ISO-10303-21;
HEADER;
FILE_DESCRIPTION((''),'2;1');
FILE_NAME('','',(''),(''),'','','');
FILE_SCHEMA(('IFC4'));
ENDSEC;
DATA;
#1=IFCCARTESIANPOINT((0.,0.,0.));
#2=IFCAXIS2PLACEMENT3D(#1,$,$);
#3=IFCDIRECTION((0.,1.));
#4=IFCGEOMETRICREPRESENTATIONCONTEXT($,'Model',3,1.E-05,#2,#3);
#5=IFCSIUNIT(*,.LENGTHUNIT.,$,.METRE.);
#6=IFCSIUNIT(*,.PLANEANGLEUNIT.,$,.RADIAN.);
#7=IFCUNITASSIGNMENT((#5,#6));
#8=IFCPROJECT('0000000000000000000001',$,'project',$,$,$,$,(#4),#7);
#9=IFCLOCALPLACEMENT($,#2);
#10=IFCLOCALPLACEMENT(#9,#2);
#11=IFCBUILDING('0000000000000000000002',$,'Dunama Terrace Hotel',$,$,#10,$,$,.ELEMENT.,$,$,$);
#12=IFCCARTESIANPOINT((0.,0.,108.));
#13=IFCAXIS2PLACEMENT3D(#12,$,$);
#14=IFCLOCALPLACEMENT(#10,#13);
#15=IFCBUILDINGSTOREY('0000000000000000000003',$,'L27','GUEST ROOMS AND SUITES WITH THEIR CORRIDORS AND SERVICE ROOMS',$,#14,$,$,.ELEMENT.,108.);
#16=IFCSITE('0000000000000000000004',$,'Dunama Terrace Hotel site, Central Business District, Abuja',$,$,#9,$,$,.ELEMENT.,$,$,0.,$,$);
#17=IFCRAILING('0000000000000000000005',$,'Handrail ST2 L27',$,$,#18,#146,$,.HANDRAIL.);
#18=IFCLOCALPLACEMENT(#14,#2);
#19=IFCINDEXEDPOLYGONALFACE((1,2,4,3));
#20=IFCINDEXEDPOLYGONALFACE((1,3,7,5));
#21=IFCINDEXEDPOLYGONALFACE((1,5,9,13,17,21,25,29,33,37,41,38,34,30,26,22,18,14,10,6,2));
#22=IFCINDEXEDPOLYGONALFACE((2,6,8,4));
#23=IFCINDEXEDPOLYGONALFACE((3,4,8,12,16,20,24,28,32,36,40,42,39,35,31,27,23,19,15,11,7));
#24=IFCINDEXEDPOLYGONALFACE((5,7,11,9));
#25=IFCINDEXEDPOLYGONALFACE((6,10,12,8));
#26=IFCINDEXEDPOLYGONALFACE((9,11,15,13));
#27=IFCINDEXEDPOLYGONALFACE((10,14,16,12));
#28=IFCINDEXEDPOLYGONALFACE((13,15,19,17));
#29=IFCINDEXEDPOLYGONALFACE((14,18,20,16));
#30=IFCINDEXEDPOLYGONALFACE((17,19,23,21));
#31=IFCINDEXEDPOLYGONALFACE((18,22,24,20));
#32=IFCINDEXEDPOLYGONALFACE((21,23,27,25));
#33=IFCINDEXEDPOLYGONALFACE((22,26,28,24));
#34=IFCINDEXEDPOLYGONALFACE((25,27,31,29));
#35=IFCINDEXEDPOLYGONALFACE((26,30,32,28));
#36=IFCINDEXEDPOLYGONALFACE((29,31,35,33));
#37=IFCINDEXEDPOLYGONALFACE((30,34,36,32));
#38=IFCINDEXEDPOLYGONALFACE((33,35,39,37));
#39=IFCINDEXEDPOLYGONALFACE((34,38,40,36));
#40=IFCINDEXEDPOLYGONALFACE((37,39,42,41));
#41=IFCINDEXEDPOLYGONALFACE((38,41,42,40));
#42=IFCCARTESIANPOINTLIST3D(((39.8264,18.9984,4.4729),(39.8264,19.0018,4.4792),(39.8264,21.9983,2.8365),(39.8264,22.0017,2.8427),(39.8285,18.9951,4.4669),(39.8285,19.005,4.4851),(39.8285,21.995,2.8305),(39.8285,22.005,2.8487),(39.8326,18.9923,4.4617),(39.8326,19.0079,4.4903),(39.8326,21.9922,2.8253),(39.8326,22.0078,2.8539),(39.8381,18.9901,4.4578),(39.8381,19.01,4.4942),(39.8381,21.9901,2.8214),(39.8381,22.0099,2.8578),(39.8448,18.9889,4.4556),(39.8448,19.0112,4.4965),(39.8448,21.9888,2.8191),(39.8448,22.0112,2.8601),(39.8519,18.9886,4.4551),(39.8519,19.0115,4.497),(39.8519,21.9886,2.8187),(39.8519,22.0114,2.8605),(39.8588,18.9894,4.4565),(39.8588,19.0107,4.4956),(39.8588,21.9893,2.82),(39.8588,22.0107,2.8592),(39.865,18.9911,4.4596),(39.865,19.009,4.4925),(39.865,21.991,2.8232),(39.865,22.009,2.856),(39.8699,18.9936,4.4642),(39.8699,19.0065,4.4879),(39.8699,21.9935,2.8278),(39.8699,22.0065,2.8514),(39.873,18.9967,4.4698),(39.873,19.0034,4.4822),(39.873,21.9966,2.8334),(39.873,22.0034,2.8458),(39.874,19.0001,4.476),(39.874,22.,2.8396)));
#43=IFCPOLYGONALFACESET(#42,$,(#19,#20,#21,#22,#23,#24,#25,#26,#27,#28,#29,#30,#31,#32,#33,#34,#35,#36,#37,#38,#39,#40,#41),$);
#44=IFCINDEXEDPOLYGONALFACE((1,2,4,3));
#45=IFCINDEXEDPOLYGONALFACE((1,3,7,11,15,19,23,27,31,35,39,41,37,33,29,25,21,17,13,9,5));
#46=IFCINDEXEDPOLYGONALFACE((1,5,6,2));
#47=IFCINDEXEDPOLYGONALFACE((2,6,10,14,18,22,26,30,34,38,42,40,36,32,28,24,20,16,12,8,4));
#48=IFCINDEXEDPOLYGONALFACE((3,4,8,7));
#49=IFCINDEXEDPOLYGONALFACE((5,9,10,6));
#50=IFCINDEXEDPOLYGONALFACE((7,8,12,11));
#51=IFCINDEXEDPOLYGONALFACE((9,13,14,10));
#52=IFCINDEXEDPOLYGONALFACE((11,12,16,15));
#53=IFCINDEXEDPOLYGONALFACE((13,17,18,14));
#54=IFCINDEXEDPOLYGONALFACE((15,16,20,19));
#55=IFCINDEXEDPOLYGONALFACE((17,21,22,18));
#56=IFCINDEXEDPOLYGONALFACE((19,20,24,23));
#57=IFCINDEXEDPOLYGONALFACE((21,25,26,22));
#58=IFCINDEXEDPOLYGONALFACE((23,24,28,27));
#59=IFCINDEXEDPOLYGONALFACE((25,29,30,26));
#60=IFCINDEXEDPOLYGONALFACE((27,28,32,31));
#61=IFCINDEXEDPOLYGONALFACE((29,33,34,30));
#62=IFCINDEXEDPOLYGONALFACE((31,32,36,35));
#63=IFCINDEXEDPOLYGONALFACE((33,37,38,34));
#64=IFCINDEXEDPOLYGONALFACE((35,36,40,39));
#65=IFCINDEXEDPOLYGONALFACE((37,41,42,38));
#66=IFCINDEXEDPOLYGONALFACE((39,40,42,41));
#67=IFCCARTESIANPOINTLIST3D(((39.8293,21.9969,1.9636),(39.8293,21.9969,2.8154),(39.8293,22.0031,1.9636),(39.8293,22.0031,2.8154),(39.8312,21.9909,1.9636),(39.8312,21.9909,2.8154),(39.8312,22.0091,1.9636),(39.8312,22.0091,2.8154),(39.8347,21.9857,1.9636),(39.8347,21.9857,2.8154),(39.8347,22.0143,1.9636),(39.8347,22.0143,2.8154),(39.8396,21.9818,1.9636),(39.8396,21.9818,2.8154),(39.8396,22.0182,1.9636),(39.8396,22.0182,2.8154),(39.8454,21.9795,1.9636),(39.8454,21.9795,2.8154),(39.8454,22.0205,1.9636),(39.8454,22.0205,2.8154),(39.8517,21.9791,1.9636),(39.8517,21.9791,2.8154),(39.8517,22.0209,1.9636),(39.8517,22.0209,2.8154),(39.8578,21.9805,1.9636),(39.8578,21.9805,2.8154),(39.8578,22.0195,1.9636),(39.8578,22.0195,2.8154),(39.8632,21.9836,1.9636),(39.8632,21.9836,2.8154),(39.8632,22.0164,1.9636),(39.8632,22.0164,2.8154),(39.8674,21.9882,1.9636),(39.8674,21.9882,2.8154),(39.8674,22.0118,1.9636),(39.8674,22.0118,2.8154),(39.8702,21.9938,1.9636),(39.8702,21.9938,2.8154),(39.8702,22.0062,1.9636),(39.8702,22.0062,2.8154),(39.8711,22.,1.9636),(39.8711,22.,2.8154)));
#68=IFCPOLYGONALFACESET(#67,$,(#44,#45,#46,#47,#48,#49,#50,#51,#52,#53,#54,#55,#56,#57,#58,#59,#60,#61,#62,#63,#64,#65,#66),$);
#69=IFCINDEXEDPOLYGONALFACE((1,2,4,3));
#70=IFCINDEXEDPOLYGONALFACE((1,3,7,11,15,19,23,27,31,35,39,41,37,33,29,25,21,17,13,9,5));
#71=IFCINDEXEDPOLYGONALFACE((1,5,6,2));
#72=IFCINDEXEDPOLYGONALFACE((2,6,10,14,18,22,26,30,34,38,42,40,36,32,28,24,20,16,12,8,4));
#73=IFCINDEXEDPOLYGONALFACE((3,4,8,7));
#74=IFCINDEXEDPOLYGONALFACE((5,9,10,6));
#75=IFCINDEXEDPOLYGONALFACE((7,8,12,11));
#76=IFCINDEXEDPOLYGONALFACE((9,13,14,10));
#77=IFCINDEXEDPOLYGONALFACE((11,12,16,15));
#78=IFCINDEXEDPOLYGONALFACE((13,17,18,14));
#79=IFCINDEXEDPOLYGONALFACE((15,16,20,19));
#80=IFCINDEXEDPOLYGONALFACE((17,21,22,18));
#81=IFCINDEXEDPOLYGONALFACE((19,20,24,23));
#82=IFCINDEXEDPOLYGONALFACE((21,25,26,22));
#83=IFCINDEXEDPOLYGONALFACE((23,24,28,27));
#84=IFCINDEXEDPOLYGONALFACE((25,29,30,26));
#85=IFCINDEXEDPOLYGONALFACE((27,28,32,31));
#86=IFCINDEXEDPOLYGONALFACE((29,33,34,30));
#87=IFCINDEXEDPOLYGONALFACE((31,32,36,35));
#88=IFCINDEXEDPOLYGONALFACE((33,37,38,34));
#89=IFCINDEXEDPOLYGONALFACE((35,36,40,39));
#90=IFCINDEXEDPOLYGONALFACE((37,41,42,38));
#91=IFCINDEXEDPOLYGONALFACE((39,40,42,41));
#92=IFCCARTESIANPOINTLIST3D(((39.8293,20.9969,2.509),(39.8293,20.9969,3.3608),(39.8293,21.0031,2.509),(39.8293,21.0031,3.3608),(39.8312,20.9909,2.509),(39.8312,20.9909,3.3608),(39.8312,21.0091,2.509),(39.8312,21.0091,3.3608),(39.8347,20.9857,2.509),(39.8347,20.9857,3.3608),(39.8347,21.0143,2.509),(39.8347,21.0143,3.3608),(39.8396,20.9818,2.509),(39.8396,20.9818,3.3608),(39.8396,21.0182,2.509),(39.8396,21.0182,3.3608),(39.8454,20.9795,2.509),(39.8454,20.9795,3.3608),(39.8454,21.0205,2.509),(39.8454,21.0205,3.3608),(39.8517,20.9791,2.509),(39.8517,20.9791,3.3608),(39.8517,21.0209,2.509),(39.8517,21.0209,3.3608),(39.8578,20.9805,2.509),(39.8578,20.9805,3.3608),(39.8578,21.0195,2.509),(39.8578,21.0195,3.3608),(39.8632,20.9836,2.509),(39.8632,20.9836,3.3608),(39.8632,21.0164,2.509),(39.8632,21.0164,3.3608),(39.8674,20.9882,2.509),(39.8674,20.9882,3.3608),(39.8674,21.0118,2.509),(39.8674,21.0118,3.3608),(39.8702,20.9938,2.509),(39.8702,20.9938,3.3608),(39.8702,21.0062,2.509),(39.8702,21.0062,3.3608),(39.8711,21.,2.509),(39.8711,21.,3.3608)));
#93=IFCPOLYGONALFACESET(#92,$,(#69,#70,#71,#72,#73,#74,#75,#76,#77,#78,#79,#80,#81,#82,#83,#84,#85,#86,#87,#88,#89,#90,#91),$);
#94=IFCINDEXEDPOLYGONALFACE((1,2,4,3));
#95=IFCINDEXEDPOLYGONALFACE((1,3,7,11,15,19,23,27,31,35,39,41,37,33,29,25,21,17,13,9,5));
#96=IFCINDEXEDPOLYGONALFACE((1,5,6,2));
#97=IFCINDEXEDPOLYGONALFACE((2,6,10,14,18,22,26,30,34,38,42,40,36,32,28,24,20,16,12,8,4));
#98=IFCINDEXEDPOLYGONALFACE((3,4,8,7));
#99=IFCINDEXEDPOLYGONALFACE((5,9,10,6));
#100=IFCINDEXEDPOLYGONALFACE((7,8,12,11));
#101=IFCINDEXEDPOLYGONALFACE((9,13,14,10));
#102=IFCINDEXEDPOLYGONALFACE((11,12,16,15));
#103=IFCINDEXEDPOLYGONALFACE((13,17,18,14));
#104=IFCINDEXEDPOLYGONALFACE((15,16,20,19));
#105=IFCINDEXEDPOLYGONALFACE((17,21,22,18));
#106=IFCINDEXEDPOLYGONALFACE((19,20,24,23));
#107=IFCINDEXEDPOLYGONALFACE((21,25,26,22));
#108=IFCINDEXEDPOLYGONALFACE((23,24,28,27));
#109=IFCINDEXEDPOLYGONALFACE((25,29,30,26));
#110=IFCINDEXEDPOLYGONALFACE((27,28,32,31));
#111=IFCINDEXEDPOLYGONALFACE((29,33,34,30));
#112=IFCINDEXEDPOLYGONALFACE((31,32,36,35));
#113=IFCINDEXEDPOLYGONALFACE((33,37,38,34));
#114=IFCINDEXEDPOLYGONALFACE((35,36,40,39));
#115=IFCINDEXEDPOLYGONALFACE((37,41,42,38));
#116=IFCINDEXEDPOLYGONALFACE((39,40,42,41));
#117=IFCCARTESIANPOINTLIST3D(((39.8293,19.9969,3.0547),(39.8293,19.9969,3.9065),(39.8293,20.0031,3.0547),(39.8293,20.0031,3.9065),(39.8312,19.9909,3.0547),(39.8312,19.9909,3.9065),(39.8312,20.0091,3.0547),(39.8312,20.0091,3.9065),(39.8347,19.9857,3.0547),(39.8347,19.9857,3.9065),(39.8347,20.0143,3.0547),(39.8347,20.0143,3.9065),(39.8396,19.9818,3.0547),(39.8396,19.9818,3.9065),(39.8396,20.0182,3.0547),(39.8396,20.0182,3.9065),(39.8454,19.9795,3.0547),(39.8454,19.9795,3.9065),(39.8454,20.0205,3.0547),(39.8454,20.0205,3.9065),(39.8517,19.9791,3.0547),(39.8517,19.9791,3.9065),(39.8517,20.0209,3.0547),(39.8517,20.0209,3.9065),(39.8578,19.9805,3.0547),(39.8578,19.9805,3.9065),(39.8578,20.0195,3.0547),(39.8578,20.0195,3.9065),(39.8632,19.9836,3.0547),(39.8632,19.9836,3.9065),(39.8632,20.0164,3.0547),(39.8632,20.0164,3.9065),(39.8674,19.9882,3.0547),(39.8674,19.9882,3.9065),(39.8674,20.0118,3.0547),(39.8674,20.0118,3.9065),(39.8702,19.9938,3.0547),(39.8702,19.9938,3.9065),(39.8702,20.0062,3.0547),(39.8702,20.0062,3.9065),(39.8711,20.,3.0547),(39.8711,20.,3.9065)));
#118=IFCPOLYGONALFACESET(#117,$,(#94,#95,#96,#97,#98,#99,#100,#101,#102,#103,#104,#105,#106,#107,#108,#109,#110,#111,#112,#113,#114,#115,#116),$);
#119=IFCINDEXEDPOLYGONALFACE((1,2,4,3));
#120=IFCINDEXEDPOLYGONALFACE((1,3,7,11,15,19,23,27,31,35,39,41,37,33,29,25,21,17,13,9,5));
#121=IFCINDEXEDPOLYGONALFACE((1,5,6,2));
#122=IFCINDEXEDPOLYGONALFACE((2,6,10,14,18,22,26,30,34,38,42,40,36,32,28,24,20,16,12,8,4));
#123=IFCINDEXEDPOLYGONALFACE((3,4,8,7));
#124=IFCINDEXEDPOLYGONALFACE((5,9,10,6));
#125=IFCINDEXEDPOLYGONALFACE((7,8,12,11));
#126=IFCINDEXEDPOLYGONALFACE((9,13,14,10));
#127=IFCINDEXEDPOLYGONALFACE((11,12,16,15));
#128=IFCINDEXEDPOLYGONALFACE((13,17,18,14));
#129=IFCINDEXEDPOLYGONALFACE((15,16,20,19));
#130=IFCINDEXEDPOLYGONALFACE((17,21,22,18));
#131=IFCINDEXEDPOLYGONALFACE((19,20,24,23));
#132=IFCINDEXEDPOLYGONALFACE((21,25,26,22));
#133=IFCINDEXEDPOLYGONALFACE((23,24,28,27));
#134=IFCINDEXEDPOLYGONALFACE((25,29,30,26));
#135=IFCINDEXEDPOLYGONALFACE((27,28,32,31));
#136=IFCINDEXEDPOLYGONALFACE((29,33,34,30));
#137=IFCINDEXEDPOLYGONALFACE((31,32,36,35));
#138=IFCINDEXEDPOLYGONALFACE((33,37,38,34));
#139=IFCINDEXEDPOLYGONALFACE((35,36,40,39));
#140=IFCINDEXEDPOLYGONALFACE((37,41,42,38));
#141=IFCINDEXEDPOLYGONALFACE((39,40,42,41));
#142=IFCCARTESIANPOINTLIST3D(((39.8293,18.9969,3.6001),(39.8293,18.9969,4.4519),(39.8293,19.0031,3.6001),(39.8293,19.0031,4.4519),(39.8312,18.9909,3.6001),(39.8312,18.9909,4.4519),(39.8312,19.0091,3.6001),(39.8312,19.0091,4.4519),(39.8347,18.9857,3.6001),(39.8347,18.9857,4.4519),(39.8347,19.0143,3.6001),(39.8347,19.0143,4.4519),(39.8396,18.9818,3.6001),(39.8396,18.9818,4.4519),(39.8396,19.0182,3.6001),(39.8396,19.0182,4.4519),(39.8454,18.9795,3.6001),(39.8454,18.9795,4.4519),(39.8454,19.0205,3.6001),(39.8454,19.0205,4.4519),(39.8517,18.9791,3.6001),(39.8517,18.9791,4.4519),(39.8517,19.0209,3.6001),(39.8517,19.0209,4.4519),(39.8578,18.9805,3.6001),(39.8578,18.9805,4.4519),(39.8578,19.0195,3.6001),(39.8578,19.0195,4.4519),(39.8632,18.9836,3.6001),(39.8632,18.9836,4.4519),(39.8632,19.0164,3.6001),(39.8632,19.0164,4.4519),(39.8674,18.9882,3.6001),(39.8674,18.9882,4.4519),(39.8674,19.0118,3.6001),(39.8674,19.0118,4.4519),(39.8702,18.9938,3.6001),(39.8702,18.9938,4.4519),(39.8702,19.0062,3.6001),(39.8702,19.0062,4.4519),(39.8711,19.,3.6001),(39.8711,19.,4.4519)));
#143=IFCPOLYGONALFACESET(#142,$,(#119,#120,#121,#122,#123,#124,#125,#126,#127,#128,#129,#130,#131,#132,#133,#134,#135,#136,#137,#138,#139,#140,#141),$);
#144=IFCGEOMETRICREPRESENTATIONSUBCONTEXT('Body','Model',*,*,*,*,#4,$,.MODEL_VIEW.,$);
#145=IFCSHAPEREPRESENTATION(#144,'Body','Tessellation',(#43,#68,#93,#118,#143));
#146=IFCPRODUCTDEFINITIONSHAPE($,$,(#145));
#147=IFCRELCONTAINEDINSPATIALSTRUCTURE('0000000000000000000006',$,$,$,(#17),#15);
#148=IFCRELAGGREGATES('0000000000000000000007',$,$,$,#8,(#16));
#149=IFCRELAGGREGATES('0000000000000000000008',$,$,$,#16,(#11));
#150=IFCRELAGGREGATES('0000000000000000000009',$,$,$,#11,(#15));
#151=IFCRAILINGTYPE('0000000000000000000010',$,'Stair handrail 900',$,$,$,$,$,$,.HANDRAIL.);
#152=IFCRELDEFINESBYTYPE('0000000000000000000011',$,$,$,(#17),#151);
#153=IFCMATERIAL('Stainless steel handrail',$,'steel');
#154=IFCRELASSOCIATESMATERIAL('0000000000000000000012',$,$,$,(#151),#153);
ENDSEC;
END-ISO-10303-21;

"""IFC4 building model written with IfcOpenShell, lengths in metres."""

from ifc_helpers import new_model, si_unit, direction, frame, origin, origin_2d, place, context, subcontext, project, spatial, circle, extrude, material, type_object, element, save


model = new_model("IFC4")

# Units and contexts
model_context = context("Model", 3, precision=1e-05, world=origin(), true_north=direction((0.0, 1.0)))
body_context = subcontext(model_context, "Body", "Model", "MODEL_VIEW")
ifc_project = project(units=[si_unit("LENGTHUNIT", "METRE"), si_unit("PLANEANGLEUNIT", "RADIAN")], contexts=[model_context])

# Site, building, storey
site_placement = place(None, origin())
site = spatial("IfcSite", under=ifc_project, at=site_placement, Name="Dunama Terrace Hotel site, Central Business District, Abuja", CompositionType="ELEMENT", RefElevation=0.0)
building_placement = place(site_placement, origin())
building = spatial("IfcBuilding", under=site, at=building_placement, Name="Dunama Terrace Hotel", CompositionType="ELEMENT")
storey_placement = place(building_placement, frame((0.0, 0.0, 108.0)))
storey = spatial("IfcBuildingStorey", under=building, at=storey_placement, Name="L27", Description="GUEST ROOMS AND SUITES WITH THEIR CORRIDORS AND SERVICE ROOMS", CompositionType="ELEMENT", Elevation=108.0)

# Railing
ifc_material_1 = material(Name="Stainless steel handrail", Category="steel")
railing_type = type_object("IfcRailingType", Name="Stair handrail 900", PredefinedType="HANDRAIL", material=ifc_material_1)
railing_1_placement = place(storey_placement, frame((39.8501, 22.0, 1.9636)))
element("IfcRailing", 1, at=railing_1_placement, inside=storey, type_object=railing_type, Name="Handrail ST2 L27", PredefinedType="HANDRAIL", context=body_context, shape_type="SweptSolid", body=[
    extrude(circle(Radius=0.0239, at=origin_2d()), frame((0.0, 0.0, 0.876), z_axis=(0.0, -0.877882, 0.478877), x_axis=(1.0, 0.0, 0.0)), (0.0, 0.0, 1.0), 3.4172),
    extrude(circle(Radius=0.021, at=origin_2d()), origin(), (0.0, 0.0, 1.0), 0.8518),
    extrude(circle(Radius=0.021, at=origin_2d()), frame((0.0, -1.0, 0.5454)), (0.0, 0.0, 1.0), 0.8518),
    extrude(circle(Radius=0.021, at=origin_2d()), frame((0.0, -2.0, 1.0911)), (0.0, 0.0, 1.0), 0.8518),
    extrude(circle(Radius=0.021, at=origin_2d()), frame((0.0, -3.0, 1.6365)), (0.0, 0.0, 1.0), 0.8518),
])

save(model, "model.ifc")
